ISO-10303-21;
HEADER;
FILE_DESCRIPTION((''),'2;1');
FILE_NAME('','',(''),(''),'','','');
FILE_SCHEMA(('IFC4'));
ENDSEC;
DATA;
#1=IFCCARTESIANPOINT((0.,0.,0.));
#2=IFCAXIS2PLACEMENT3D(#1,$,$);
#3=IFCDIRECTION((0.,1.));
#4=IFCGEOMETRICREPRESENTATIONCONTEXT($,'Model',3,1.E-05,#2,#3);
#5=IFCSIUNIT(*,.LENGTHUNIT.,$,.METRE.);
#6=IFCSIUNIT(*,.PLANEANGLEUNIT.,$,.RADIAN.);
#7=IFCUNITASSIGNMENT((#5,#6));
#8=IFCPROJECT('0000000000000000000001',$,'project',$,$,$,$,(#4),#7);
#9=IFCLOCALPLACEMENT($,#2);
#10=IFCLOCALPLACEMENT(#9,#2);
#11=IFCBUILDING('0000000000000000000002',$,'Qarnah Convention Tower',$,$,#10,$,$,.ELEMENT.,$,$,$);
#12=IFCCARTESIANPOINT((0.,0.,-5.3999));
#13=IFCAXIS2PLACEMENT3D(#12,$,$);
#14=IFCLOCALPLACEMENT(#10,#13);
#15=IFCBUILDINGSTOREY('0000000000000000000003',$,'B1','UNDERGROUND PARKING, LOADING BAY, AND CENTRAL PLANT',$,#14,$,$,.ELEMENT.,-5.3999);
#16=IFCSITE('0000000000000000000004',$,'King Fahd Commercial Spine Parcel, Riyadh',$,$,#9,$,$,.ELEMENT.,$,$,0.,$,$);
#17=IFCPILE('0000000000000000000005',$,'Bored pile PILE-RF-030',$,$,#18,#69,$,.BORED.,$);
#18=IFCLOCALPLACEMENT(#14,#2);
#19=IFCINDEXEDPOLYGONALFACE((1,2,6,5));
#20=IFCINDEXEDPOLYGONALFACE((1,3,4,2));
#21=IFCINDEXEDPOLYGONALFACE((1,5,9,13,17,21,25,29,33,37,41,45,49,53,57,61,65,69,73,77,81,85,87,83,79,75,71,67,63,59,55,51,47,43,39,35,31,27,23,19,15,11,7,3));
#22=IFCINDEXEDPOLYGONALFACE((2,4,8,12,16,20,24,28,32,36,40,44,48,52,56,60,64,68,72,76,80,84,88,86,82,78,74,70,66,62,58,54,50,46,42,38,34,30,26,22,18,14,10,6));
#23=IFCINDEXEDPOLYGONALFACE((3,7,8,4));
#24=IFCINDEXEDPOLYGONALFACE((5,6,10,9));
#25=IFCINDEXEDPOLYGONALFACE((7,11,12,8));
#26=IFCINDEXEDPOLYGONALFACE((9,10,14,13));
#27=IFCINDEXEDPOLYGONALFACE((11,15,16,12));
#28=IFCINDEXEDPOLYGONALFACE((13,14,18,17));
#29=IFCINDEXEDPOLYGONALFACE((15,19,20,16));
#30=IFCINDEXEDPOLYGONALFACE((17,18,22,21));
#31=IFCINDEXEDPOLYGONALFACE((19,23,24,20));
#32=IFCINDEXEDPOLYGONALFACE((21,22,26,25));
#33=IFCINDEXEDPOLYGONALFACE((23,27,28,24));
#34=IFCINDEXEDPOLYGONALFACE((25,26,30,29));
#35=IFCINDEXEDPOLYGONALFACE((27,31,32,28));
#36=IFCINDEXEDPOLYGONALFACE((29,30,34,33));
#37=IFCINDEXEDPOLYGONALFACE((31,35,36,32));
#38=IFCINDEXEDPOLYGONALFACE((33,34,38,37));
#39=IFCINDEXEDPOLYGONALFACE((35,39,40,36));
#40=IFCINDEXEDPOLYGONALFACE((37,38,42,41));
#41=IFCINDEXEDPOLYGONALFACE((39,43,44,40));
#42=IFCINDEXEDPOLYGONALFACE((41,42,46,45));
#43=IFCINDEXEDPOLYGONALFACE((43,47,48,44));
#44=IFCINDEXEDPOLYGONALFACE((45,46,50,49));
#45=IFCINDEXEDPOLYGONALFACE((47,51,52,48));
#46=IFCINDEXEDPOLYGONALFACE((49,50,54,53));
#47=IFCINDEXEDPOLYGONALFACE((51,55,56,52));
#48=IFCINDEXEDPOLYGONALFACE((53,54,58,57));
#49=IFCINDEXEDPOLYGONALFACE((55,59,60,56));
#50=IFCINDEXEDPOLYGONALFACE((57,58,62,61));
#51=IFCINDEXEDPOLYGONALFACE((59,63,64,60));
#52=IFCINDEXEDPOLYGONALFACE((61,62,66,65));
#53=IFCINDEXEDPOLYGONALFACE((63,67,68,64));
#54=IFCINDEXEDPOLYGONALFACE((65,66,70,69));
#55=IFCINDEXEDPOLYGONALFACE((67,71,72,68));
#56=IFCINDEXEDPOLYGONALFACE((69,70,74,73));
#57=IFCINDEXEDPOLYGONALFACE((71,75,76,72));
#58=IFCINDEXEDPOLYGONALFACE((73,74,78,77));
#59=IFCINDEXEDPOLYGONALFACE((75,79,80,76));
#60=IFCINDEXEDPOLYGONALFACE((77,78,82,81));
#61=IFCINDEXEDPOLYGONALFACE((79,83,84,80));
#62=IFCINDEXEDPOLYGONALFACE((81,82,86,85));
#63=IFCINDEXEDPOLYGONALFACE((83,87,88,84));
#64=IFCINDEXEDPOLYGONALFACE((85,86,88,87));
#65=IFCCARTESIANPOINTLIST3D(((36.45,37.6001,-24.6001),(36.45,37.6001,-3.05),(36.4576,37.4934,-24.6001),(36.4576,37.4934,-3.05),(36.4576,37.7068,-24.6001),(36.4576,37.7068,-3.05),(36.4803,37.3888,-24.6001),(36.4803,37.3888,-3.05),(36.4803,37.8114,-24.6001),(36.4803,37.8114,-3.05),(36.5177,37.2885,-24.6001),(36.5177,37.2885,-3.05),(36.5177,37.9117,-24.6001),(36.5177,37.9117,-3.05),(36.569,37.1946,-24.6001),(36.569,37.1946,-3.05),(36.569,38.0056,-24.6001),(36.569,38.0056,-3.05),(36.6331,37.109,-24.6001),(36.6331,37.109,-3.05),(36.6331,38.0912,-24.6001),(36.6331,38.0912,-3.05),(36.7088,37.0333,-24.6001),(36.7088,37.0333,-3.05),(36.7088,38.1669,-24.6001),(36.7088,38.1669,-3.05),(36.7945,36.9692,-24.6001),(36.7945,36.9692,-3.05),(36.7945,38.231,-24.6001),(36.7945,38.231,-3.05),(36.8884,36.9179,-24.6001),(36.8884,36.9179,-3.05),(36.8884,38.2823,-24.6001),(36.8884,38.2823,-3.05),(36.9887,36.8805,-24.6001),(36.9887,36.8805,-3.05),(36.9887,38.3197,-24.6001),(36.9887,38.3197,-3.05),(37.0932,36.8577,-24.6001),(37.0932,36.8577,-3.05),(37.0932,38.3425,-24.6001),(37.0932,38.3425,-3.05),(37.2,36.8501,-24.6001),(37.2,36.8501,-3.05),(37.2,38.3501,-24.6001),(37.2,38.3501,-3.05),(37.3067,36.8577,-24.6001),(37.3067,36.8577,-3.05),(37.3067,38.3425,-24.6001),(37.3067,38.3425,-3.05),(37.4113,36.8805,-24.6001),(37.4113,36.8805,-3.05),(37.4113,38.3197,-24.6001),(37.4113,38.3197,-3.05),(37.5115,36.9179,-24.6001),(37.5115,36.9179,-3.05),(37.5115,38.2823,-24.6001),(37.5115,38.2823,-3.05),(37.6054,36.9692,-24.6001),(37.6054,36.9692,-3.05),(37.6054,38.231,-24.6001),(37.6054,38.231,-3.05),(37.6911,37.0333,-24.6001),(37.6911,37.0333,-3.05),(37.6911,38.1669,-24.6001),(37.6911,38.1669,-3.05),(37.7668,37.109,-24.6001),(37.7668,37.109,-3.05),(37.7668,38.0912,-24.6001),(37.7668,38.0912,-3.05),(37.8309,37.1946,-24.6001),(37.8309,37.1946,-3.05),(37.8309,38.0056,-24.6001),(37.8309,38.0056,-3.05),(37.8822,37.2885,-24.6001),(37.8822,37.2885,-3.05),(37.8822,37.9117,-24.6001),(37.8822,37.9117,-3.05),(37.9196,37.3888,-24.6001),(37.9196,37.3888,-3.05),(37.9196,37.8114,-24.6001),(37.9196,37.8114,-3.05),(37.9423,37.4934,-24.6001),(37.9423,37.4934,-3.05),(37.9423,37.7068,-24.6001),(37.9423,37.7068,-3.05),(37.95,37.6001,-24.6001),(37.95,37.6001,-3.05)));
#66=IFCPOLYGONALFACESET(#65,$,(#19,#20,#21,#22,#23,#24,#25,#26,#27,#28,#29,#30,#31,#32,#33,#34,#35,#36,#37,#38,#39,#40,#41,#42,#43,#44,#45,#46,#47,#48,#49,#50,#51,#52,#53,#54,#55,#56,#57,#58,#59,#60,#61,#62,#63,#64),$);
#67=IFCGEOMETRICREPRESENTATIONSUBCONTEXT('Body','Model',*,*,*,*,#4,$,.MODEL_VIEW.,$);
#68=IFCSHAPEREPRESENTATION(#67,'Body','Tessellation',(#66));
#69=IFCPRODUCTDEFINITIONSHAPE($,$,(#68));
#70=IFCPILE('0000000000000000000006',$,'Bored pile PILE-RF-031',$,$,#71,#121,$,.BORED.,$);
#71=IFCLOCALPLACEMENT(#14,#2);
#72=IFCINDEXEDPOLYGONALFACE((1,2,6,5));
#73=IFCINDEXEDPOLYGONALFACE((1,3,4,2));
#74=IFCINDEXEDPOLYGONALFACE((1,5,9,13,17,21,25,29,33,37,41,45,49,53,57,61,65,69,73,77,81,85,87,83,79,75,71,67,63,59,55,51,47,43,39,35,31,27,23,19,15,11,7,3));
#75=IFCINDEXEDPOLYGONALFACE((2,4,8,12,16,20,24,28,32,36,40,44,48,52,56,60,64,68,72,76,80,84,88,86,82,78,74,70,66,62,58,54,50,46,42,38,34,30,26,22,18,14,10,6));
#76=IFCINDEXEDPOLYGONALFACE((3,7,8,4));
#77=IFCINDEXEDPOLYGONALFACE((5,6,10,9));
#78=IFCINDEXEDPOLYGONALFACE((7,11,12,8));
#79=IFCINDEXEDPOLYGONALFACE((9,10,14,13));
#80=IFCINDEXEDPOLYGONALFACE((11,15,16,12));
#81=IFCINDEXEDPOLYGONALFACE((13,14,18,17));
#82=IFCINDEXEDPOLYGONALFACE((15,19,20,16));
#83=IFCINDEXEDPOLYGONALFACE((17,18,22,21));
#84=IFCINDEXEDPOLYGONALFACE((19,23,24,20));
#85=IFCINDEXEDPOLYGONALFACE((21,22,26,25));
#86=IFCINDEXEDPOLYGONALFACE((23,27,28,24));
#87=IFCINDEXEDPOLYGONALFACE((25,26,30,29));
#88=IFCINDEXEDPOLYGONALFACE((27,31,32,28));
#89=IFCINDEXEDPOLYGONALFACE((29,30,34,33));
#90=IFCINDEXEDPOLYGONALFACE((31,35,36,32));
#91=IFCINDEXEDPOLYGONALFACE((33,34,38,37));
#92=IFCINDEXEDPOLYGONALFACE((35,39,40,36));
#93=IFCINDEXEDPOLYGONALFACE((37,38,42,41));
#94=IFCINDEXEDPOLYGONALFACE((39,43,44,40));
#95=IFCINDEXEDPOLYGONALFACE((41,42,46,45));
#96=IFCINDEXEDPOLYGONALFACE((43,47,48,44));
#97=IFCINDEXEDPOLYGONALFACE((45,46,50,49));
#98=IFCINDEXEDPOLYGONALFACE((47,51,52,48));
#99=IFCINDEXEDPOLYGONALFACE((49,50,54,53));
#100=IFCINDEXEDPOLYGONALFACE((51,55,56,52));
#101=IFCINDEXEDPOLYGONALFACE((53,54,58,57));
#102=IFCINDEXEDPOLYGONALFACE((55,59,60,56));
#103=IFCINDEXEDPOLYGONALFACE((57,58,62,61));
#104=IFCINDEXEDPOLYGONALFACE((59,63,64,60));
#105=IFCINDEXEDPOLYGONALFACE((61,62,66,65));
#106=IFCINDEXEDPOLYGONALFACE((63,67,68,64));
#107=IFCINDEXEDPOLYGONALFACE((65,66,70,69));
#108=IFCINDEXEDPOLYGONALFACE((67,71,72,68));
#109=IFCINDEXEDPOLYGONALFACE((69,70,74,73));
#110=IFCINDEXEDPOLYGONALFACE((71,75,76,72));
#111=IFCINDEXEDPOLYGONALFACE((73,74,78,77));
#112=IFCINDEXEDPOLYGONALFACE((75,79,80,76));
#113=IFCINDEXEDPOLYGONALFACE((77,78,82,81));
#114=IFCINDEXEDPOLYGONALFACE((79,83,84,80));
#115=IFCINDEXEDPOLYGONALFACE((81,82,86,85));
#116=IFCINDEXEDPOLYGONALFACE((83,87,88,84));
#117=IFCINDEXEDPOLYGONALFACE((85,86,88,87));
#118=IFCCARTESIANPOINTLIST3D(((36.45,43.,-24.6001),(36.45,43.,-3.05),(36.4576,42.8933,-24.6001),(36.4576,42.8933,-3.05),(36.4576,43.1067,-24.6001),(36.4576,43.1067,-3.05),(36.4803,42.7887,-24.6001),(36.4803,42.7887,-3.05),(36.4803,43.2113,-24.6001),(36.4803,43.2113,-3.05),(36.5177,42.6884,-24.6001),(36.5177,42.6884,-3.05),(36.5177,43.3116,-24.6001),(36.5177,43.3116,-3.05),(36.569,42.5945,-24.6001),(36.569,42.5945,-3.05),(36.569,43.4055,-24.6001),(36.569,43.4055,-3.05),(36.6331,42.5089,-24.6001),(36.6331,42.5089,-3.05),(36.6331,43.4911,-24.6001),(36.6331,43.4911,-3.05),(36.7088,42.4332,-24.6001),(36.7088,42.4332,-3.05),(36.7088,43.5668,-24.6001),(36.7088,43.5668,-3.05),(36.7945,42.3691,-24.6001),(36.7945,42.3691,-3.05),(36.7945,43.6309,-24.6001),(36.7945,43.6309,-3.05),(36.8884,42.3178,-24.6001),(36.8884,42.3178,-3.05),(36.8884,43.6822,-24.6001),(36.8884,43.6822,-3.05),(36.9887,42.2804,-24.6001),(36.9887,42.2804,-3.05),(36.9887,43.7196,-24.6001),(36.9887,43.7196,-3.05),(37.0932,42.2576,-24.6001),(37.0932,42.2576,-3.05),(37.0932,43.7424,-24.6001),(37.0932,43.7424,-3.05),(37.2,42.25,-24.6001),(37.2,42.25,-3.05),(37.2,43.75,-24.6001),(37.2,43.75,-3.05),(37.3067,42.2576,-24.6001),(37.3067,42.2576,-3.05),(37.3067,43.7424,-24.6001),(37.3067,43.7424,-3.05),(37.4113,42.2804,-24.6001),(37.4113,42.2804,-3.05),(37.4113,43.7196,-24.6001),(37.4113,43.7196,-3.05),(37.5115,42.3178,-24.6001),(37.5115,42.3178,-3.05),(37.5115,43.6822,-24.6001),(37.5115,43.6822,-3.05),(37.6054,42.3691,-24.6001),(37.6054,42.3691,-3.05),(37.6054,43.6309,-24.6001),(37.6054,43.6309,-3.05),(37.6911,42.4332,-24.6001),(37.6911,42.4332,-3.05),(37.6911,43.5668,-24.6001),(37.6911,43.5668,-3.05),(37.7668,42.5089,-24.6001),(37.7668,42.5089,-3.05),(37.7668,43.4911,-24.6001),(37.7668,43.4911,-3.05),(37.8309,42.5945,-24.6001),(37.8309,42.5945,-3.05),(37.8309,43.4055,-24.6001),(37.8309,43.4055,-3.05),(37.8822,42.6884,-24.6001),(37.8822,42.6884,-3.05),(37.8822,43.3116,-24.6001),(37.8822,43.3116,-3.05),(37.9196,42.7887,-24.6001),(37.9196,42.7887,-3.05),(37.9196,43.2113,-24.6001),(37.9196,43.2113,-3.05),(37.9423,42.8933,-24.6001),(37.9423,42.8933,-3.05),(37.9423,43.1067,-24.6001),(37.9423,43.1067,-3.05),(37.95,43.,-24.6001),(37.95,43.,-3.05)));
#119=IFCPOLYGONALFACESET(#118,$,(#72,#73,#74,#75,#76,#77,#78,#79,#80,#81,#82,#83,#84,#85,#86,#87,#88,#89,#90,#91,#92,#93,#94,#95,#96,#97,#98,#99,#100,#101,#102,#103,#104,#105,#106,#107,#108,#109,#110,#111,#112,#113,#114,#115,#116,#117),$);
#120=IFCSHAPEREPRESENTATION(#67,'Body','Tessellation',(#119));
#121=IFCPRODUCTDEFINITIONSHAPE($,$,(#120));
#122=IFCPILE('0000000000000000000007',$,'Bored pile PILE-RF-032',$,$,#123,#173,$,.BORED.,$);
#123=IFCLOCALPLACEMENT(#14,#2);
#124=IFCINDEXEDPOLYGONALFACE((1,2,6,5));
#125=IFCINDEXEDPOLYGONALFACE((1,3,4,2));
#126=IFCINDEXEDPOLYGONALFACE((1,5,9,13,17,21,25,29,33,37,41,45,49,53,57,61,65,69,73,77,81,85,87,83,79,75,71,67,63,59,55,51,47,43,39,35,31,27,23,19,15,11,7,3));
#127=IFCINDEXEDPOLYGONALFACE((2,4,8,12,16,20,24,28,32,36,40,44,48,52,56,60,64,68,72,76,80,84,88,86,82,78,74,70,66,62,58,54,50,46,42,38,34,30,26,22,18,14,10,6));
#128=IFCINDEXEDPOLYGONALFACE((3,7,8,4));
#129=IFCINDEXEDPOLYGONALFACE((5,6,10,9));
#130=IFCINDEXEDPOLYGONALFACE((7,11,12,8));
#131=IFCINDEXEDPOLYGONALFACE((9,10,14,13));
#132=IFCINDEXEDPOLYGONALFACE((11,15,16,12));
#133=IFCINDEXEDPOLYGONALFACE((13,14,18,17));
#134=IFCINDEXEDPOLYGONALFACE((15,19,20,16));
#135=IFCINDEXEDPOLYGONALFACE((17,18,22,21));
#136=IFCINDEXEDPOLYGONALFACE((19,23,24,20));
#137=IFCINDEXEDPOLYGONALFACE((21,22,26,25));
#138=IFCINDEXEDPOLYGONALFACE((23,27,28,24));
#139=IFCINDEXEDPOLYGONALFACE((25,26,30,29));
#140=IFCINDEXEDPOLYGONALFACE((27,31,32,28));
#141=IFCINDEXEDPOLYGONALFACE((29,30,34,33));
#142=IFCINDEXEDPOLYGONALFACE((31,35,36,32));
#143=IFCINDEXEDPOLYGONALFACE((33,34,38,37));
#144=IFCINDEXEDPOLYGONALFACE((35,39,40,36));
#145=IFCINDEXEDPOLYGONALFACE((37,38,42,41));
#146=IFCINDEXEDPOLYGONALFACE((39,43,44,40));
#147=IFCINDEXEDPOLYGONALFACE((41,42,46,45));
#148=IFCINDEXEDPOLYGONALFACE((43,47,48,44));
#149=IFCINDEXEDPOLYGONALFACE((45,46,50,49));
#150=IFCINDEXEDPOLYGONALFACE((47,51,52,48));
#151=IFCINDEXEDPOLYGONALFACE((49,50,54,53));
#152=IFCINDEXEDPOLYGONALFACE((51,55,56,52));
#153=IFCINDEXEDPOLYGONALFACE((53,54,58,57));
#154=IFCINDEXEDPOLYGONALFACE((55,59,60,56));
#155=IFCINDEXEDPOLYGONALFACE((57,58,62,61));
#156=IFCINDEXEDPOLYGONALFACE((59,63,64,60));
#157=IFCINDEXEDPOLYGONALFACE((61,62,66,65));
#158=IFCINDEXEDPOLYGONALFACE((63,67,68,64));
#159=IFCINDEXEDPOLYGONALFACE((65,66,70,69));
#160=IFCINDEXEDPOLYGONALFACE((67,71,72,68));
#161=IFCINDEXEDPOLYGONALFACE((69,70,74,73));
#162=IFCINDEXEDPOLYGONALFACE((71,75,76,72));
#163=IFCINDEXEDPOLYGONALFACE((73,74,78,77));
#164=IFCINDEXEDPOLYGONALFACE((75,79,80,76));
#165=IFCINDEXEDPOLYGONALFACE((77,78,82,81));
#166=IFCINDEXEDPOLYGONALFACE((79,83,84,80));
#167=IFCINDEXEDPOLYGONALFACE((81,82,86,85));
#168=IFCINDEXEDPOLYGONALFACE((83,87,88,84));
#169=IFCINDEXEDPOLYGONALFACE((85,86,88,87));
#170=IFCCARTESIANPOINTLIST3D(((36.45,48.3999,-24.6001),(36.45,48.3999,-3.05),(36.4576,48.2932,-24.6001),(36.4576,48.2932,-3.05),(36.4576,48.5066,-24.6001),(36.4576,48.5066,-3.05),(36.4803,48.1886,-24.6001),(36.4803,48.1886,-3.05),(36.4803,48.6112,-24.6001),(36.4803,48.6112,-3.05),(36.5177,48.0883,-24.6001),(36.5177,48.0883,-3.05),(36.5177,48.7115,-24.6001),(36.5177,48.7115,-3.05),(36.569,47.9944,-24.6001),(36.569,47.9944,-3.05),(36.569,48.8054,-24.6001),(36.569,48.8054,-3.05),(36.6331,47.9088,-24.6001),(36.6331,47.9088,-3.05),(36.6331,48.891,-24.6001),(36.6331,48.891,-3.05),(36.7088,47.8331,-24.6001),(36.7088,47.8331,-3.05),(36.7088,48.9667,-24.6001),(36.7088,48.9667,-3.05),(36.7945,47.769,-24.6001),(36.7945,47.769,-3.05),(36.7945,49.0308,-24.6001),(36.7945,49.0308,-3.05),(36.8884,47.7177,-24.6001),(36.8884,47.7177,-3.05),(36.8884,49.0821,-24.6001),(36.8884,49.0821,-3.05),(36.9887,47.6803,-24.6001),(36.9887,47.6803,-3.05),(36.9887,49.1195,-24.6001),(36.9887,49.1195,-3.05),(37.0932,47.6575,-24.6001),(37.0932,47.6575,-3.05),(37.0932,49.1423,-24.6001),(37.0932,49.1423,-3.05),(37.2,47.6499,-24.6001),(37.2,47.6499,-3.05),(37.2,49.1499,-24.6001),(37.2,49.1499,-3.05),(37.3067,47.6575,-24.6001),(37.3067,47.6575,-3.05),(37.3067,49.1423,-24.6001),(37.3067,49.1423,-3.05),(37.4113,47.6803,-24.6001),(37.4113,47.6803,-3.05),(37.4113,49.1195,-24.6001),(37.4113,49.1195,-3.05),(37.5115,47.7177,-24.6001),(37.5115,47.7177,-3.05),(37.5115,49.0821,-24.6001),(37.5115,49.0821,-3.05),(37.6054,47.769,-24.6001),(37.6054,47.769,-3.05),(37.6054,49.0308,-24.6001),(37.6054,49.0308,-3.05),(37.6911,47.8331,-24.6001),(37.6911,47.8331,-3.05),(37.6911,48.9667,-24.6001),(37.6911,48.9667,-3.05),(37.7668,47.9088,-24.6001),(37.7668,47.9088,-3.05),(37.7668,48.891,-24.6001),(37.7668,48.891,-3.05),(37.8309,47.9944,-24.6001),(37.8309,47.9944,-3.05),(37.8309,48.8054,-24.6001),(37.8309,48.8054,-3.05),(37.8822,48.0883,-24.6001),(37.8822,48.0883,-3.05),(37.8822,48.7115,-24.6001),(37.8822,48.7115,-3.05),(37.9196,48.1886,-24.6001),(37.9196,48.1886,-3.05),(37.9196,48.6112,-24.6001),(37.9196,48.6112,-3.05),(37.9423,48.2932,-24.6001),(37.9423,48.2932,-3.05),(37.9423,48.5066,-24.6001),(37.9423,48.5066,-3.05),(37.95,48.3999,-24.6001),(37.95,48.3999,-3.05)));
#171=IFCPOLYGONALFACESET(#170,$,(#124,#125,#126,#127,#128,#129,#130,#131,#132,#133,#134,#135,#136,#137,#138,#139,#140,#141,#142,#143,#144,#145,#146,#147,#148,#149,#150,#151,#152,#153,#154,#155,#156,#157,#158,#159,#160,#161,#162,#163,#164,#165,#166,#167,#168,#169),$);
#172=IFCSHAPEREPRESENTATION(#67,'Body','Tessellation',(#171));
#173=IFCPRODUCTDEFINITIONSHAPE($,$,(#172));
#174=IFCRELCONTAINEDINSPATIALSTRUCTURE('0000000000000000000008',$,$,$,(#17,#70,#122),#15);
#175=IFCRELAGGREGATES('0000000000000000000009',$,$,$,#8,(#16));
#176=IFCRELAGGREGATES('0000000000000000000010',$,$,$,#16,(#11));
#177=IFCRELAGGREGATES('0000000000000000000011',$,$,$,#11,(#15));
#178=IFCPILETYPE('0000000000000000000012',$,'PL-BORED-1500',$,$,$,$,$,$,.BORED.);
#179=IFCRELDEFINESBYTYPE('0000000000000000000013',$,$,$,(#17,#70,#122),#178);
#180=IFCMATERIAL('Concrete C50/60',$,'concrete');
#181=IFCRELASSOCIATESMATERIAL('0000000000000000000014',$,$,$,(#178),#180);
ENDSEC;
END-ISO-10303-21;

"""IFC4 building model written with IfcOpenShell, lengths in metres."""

from ifc_helpers import new_model, si_unit, direction, frame, origin, origin_2d, place, context, subcontext, project, spatial, circle, extrude, material, material_profile, profile_set, type_object, element, save


model = new_model("IFC4")

# Units and contexts
model_context = context("Model", 3, precision=1e-05, world=origin(), true_north=direction((0.0, 1.0)))
body_context = subcontext(model_context, "Body", "Model", "MODEL_VIEW")
ifc_project = project(units=[si_unit("LENGTHUNIT", "METRE"), si_unit("PLANEANGLEUNIT", "RADIAN")], contexts=[model_context])

# Site, building, storey
site_placement = place(None, origin())
site = spatial("IfcSite", under=ifc_project, at=site_placement, Name="King Fahd Commercial Spine Parcel, Riyadh", CompositionType="ELEMENT", RefElevation=0.0)
building_placement = place(site_placement, origin())
building = spatial("IfcBuilding", under=site, at=building_placement, Name="Qarnah Convention Tower", CompositionType="ELEMENT")
storey_placement = place(building_placement, frame((0.0, 0.0, -5.3999)))
storey = spatial("IfcBuildingStorey", under=building, at=storey_placement, Name="B1", Description="UNDERGROUND PARKING, LOADING BAY, AND CENTRAL PLANT", CompositionType="ELEMENT", Elevation=-5.3999)

# Piles
ifc_material_1 = material(Name="Concrete C50/60", Category="concrete")
ifc_material_profile_1 = material_profile(ifc_material_1, circle(Radius=0.75, at=origin_2d()), Name="PILE-D1500")
ifc_profile_set_1 = profile_set([ifc_material_profile_1], Name="Concrete C50/60")
pile_type = type_object("IfcPileType", Name="PL-BORED-1500", PredefinedType="BORED", material=ifc_profile_set_1)
for number, where, z_axis, x_axis, name in (
    (1, (37.2, 37.6001, -3.05), (0.0, 0.0, -1.0), (1.0, 0.0, 0.0), "Bored pile PILE-RF-030"),
    (2, (37.2, 43.0, -3.05), (0.0, 0.0, -1.0), (1.0, 0.0, 0.0), "Bored pile PILE-RF-031"),
    (3, (37.2, 48.3999, -3.05), (0.0, 0.0, -1.0), (1.0, 0.0, 0.0), "Bored pile PILE-RF-032"),
):
    element("IfcPile", number, at=place(storey_placement, frame(where, z_axis=z_axis, x_axis=x_axis)), inside=storey, type_object=pile_type, Name=name, PredefinedType="BORED", context=body_context, shape_type="SweptSolid", body=[
        extrude(circle(Radius=0.75, at=origin_2d()), origin(), (0.0, 0.0, 1.0), 21.55),
    ])

save(model, "model.ifc")
